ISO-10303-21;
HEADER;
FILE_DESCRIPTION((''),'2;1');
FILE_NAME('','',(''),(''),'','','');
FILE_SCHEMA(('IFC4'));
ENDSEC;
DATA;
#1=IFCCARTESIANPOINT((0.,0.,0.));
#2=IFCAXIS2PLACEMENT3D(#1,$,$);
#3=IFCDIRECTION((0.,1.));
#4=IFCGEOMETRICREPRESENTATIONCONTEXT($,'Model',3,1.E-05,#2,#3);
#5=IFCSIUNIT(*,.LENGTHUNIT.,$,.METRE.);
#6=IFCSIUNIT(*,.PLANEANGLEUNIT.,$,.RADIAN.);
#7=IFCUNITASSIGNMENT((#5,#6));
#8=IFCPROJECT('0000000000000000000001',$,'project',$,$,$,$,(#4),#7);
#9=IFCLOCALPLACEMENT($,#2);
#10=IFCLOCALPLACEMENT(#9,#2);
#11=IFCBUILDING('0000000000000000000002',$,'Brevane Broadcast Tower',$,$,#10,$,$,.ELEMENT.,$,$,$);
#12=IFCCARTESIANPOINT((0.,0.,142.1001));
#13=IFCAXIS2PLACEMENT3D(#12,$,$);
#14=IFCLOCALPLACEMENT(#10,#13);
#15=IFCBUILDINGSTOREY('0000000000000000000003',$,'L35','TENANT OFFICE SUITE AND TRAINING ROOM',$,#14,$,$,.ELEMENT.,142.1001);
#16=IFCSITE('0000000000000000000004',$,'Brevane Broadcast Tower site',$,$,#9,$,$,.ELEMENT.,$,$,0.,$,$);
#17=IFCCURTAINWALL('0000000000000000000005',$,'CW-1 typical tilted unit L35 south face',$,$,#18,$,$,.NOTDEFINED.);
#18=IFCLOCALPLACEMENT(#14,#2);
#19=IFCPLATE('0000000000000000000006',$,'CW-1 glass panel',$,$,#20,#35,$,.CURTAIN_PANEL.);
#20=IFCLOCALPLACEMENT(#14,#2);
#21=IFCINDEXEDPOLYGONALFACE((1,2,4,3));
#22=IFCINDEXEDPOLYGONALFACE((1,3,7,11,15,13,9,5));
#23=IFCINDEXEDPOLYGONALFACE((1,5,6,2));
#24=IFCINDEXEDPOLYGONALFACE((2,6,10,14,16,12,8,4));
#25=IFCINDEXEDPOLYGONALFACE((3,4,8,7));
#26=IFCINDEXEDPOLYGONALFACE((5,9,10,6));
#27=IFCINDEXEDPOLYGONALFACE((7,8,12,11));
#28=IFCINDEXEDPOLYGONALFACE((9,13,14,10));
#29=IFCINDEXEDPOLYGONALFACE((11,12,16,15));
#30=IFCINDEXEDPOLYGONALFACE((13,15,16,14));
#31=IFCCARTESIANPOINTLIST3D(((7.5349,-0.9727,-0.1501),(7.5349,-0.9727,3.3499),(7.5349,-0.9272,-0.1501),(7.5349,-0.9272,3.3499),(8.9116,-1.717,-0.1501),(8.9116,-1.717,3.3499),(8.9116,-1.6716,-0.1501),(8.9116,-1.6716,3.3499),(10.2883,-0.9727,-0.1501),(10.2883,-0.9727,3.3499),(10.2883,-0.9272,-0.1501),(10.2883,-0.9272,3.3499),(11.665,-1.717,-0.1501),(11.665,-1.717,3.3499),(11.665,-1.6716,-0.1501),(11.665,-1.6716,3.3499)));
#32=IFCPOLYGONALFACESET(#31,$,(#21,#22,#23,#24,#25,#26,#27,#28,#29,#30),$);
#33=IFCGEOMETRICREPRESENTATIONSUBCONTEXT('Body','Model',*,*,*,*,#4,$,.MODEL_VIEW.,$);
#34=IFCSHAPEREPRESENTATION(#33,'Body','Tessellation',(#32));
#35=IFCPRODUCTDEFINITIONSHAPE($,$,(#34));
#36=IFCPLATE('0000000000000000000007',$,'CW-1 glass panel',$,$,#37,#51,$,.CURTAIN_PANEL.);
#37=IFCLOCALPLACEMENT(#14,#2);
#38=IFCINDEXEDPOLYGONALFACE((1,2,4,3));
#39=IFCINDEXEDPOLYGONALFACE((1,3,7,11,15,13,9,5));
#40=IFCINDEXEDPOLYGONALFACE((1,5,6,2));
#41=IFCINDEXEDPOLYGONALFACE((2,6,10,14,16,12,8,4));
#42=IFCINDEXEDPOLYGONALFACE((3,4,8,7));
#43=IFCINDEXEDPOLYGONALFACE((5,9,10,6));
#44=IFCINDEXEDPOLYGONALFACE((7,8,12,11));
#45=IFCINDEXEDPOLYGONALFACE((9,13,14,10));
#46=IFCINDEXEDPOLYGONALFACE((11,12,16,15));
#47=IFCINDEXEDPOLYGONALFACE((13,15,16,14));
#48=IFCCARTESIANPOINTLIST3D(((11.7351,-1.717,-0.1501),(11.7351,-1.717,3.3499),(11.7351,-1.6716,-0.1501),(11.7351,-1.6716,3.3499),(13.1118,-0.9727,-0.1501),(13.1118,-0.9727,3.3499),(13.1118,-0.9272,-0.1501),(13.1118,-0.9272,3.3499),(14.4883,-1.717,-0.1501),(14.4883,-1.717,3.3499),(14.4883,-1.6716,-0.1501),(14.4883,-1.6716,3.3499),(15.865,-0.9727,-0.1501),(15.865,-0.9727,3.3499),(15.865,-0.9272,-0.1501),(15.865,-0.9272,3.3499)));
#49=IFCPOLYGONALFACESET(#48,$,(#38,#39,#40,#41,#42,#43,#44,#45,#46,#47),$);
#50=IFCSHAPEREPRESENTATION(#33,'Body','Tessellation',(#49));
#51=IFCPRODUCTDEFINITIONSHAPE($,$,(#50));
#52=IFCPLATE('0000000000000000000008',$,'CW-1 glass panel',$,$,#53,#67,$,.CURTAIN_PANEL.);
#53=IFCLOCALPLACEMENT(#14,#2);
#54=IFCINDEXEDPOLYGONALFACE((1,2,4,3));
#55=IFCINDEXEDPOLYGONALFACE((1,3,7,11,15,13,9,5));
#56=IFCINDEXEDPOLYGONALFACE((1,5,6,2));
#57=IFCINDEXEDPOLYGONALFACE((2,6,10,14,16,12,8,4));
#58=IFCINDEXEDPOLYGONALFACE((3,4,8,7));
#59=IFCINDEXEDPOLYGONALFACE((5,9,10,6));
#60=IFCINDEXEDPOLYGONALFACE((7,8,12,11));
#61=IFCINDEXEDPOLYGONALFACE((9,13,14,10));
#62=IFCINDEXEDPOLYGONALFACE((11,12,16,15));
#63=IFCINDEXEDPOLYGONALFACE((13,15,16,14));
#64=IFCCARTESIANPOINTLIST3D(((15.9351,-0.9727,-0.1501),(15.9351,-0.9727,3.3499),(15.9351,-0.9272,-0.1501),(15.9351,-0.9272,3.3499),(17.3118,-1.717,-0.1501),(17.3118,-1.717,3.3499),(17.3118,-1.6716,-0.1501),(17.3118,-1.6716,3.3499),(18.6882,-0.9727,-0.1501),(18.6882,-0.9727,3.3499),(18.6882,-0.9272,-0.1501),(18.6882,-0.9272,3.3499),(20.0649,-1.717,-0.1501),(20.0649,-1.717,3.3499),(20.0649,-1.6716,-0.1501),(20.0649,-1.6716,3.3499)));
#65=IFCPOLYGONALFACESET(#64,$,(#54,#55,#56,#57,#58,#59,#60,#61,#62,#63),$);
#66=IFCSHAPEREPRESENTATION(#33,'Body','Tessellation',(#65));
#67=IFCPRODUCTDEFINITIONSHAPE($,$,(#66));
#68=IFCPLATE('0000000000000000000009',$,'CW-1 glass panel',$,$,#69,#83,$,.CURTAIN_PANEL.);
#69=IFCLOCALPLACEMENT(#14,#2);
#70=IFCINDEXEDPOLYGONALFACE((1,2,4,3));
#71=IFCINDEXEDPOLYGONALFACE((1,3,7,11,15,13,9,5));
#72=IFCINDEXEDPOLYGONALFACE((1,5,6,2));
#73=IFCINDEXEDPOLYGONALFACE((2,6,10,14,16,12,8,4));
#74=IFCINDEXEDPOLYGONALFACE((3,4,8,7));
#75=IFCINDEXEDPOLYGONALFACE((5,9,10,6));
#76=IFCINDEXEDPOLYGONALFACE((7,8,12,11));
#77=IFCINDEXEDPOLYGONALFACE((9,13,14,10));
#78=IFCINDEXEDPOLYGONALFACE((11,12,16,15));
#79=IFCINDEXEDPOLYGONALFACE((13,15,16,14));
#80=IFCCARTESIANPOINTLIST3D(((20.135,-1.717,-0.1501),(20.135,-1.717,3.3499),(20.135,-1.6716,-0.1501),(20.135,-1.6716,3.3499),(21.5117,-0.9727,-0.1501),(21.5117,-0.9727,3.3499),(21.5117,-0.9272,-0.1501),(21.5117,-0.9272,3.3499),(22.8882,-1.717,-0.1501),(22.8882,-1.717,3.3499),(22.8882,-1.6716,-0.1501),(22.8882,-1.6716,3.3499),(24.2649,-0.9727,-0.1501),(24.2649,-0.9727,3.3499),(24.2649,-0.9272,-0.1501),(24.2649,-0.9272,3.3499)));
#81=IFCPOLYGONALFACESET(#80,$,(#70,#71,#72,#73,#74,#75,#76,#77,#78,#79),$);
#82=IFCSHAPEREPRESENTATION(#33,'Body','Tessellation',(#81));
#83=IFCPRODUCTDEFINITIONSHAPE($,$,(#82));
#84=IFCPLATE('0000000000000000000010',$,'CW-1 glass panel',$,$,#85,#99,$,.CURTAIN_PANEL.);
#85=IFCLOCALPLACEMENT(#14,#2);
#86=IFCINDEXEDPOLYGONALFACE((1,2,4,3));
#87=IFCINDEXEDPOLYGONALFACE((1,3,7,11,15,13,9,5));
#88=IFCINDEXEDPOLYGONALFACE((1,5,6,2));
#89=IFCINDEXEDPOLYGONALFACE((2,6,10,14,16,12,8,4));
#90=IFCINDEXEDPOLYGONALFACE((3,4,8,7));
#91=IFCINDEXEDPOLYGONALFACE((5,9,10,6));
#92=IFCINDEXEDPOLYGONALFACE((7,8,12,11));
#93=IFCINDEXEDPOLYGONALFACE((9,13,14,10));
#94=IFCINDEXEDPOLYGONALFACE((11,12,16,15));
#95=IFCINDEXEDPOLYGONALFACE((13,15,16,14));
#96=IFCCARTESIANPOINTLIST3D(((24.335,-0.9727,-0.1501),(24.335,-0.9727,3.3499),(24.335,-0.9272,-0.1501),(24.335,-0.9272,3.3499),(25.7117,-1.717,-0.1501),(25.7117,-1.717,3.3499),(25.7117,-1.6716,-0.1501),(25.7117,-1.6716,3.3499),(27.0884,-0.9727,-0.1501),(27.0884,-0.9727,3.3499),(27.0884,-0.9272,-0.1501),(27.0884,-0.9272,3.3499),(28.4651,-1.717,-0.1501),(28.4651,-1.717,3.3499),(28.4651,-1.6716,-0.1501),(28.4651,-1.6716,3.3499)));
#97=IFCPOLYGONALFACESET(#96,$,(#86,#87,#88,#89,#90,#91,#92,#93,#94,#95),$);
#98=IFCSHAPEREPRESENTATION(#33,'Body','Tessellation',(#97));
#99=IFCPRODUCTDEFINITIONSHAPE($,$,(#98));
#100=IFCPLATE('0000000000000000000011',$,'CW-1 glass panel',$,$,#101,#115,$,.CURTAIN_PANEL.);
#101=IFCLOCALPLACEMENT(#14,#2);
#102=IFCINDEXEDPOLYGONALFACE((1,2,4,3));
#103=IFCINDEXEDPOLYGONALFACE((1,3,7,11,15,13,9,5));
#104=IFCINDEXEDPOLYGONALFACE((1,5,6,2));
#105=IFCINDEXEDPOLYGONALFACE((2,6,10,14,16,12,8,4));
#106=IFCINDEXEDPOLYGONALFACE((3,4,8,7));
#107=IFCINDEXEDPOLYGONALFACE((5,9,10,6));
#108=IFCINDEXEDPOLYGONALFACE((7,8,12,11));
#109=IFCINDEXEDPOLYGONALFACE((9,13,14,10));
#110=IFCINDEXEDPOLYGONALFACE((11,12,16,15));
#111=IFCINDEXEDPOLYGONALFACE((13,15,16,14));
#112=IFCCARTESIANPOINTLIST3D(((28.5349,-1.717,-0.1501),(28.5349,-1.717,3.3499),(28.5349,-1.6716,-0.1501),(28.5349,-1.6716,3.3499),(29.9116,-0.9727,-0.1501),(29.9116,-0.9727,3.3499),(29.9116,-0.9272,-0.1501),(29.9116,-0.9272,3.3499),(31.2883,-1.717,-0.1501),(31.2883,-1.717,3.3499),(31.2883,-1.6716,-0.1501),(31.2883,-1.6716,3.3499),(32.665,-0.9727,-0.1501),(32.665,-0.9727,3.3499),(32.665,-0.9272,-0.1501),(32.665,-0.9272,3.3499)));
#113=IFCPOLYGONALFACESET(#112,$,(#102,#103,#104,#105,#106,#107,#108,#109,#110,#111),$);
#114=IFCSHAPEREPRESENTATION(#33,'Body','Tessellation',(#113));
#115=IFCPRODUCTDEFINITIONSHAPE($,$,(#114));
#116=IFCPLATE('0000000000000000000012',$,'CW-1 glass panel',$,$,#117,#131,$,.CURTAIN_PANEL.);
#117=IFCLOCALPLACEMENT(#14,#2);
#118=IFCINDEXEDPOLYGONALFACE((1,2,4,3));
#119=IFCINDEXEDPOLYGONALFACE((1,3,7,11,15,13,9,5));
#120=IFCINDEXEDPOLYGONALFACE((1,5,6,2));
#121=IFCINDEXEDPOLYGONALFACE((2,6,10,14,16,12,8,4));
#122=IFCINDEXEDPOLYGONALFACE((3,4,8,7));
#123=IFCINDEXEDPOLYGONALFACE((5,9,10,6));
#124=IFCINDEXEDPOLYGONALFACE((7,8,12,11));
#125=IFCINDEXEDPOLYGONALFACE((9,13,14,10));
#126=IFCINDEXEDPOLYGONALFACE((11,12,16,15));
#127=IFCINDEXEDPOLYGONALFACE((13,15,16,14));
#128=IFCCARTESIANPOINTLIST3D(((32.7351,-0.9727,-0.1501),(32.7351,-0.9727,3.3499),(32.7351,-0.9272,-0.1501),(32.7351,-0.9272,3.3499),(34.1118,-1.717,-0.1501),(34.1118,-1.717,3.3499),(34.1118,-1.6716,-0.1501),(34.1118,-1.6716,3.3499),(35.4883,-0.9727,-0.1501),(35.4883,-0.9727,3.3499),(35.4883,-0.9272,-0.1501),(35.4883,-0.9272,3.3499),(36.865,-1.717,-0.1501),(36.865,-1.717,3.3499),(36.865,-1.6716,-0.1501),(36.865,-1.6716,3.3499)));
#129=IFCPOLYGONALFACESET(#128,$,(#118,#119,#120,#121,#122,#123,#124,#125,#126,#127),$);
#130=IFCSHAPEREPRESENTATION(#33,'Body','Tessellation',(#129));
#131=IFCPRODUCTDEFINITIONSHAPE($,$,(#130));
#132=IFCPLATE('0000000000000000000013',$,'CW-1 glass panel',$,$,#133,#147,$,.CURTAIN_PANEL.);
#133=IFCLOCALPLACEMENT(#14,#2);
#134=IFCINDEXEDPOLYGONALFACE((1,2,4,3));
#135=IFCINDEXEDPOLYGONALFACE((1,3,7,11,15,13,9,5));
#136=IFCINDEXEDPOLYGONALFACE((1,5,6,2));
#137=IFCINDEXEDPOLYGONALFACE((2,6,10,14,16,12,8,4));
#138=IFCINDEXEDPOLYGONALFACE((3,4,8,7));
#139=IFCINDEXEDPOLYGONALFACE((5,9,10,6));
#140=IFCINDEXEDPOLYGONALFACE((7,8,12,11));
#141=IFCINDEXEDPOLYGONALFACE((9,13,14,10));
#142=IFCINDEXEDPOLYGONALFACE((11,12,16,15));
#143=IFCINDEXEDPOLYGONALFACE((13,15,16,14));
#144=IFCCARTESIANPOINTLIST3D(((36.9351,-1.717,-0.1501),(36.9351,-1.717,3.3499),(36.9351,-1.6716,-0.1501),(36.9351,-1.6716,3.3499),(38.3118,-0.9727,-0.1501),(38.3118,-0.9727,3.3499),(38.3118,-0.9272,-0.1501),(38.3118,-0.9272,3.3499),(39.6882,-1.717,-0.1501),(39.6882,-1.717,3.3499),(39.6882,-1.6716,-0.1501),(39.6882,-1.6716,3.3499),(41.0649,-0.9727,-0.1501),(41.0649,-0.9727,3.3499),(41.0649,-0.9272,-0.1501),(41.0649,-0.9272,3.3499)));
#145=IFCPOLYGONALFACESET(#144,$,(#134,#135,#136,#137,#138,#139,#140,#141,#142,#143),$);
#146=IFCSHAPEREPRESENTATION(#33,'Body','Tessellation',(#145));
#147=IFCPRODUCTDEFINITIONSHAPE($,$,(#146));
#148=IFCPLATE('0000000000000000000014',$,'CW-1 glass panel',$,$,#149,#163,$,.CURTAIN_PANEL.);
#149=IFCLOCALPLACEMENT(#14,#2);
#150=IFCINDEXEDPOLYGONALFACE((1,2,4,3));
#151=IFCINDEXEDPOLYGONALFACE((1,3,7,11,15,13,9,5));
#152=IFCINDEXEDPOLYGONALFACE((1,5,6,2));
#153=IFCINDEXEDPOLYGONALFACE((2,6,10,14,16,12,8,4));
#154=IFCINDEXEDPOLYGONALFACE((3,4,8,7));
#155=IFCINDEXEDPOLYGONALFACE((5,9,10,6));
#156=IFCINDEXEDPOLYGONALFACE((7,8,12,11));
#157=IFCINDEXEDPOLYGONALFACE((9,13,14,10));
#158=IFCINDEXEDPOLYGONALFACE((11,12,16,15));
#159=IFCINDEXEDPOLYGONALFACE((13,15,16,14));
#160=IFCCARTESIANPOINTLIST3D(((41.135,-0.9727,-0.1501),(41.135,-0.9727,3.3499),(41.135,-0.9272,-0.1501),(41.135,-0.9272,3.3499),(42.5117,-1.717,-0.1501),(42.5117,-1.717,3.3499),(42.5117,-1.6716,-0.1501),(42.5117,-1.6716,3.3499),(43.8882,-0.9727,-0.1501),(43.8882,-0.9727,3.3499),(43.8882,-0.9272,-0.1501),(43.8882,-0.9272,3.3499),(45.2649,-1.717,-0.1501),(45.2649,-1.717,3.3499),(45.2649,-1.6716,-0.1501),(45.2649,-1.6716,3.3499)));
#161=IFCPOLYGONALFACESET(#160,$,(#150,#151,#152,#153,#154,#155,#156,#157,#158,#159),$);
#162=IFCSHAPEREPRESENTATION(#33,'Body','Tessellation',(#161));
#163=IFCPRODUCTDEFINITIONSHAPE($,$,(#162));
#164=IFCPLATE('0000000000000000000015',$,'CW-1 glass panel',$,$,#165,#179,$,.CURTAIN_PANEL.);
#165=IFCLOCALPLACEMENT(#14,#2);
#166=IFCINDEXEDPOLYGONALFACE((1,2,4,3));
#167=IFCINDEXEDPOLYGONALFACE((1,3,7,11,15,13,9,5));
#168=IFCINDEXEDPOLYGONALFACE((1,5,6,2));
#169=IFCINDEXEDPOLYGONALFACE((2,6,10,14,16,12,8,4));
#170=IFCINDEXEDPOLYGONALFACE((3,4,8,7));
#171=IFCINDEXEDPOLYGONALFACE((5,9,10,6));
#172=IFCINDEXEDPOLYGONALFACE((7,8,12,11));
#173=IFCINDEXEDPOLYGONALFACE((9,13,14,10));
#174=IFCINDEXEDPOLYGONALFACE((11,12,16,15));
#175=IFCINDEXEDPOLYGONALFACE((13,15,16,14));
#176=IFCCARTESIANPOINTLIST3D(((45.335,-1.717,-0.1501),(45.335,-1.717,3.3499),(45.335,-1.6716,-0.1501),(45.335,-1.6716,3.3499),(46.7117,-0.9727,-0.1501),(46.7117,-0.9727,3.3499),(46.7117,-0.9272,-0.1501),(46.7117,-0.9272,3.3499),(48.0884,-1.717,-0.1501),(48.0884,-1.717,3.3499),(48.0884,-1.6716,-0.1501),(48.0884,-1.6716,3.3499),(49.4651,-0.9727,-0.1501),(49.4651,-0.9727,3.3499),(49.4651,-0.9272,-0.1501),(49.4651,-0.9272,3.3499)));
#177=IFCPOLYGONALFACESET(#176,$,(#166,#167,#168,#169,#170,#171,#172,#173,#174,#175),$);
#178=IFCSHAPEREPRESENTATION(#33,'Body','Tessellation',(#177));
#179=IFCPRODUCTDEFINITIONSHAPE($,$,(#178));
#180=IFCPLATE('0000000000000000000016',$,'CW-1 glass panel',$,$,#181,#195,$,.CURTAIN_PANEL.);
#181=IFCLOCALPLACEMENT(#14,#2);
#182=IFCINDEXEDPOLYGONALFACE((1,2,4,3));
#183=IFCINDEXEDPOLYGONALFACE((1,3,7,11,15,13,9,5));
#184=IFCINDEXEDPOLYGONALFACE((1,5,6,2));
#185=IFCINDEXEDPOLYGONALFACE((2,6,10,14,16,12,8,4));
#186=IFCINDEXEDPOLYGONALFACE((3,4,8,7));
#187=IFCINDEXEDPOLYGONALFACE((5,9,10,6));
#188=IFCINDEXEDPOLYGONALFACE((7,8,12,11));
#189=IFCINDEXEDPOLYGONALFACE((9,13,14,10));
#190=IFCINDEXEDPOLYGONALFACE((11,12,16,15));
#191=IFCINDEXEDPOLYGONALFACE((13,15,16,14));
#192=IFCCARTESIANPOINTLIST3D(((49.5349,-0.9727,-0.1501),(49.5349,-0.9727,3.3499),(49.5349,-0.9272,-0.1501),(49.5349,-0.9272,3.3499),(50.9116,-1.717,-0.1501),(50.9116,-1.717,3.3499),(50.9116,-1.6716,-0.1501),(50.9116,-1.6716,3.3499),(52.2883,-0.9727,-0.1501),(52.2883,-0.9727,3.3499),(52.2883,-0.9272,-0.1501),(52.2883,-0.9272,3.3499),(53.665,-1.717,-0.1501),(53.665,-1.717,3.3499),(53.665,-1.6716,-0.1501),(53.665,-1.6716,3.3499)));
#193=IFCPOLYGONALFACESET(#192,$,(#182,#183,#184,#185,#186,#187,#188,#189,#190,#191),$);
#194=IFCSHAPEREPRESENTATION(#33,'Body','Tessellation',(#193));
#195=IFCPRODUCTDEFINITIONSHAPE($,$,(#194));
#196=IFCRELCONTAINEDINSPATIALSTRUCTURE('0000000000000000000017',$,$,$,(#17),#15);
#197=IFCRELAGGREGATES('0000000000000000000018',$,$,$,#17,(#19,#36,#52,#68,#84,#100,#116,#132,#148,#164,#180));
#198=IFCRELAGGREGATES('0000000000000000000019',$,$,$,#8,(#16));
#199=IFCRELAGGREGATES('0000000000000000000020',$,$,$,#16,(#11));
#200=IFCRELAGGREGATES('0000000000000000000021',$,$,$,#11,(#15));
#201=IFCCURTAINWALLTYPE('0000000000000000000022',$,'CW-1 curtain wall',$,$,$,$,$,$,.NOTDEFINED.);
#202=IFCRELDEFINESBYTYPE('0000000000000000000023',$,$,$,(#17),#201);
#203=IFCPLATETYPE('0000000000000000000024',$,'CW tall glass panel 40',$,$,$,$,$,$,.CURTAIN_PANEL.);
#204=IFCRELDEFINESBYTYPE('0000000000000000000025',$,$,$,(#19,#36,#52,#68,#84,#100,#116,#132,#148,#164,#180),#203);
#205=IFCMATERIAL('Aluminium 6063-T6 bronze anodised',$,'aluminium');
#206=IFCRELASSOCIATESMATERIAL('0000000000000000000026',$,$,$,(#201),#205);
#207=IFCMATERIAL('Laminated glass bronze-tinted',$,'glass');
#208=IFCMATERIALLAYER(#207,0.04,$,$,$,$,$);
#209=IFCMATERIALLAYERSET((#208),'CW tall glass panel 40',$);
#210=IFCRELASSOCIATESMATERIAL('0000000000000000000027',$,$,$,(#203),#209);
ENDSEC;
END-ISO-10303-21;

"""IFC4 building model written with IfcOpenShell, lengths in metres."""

from ifc_helpers import new_model, si_unit, direction, frame, origin, place, context, subcontext, project, spatial, polyline, outline, extrude, material, layer, layer_set, type_object, element, aggregate, save


model = new_model("IFC4")

# Units and contexts
model_context = context("Model", 3, precision=1e-05, world=origin(), true_north=direction((0.0, 1.0)))
body_context = subcontext(model_context, "Body", "Model", "MODEL_VIEW")
ifc_project = project(units=[si_unit("LENGTHUNIT", "METRE"), si_unit("PLANEANGLEUNIT", "RADIAN")], contexts=[model_context])

# Site, building, storey
site_placement = place(None, origin())
site = spatial("IfcSite", under=ifc_project, at=site_placement, Name="Brevane Broadcast Tower site", CompositionType="ELEMENT", RefElevation=0.0)
building_placement = place(site_placement, origin())
building = spatial("IfcBuilding", under=site, at=building_placement, Name="Brevane Broadcast Tower", CompositionType="ELEMENT")
storey_placement = place(building_placement, frame((0.0, 0.0, 142.1001)))
storey = spatial("IfcBuildingStorey", under=building, at=storey_placement, Name="L35", Description="TENANT OFFICE SUITE AND TRAINING ROOM", CompositionType="ELEMENT", Elevation=142.1001)

# Curtain wall, plates
ifc_material_1 = material(Name="Aluminium 6063-T6 bronze anodised", Category="aluminium")
curtain_wall_type = type_object("IfcCurtainWallType", Name="CW-1 curtain wall", PredefinedType="NOTDEFINED", material=ifc_material_1)
curtain_wall_1_placement = place(storey_placement, origin())
curtain_wall_1 = element("IfcCurtainWall", 1, at=curtain_wall_1_placement, inside=storey, type_object=curtain_wall_type, Name="CW-1 typical tilted unit L35 south face", PredefinedType="NOTDEFINED")
ifc_material_2 = material(Name="Laminated glass bronze-tinted", Category="glass")
ifc_layer = layer(ifc_material_2, 0.04)
ifc_layer_set = layer_set([ifc_layer], Name="CW tall glass panel 40")
plate_type = type_object("IfcPlateType", Name="CW tall glass panel 40", PredefinedType="CURTAIN_PANEL", material=ifc_layer_set)
plate_1_placement = place(storey_placement, frame((0.0, 0.0, -0.1501)))
plate_1 = element("IfcPlate", 2, at=plate_1_placement, type_object=plate_type, Name="CW-1 glass panel", PredefinedType="CURTAIN_PANEL", context=body_context, shape_type="SweptSolid", body=[
    extrude(outline(polyline([(7.5349, -0.9272), (7.5349, -0.9727), (8.9116, -1.717), (10.2883, -0.9727), (11.665, -1.717), (11.665, -1.6716), (10.2883, -0.9272), (8.9116, -1.6716), (7.5349, -0.9272)])), origin(), (0.0, 0.0, 1.0), 3.5),
])
plate_2_placement = place(storey_placement, frame((0.0, 0.0, -0.1501)))
plate_2 = element("IfcPlate", 3, at=plate_2_placement, type_object=plate_type, Name="CW-1 glass panel", PredefinedType="CURTAIN_PANEL", context=body_context, shape_type="SweptSolid", body=[
    extrude(outline(polyline([(11.7351, -1.6716), (11.7351, -1.717), (13.1118, -0.9727), (14.4883, -1.717), (15.865, -0.9727), (15.865, -0.9272), (14.4883, -1.6716), (13.1118, -0.9272), (11.7351, -1.6716)])), origin(), (0.0, 0.0, 1.0), 3.5),
])
plate_3_placement = place(storey_placement, frame((0.0, 0.0, -0.1501)))
plate_3 = element("IfcPlate", 4, at=plate_3_placement, type_object=plate_type, Name="CW-1 glass panel", PredefinedType="CURTAIN_PANEL", context=body_context, shape_type="SweptSolid", body=[
    extrude(outline(polyline([(15.9351, -0.9272), (15.9351, -0.9727), (17.3118, -1.717), (18.6882, -0.9727), (20.0649, -1.717), (20.0649, -1.6716), (18.6882, -0.9272), (17.3118, -1.6716), (15.9351, -0.9272)])), origin(), (0.0, 0.0, 1.0), 3.5),
])
plate_4_placement = place(storey_placement, frame((0.0, 0.0, -0.1501)))
plate_4 = element("IfcPlate", 5, at=plate_4_placement, type_object=plate_type, Name="CW-1 glass panel", PredefinedType="CURTAIN_PANEL", context=body_context, shape_type="SweptSolid", body=[
    extrude(outline(polyline([(20.135, -1.6716), (20.135, -1.717), (21.5117, -0.9727), (22.8882, -1.717), (24.2649, -0.9727), (24.2649, -0.9272), (22.8882, -1.6716), (21.5117, -0.9272), (20.135, -1.6716)])), origin(), (0.0, 0.0, 1.0), 3.5),
])
plate_5_placement = place(storey_placement, frame((0.0, 0.0, -0.1501)))
plate_5 = element("IfcPlate", 6, at=plate_5_placement, type_object=plate_type, Name="CW-1 glass panel", PredefinedType="CURTAIN_PANEL", context=body_context, shape_type="SweptSolid", body=[
    extrude(outline(polyline([(24.335, -0.9272), (24.335, -0.9727), (25.7117, -1.717), (27.0884, -0.9727), (28.4651, -1.717), (28.4651, -1.6716), (27.0884, -0.9272), (25.7117, -1.6716), (24.335, -0.9272)])), origin(), (0.0, 0.0, 1.0), 3.5),
])
plate_6_placement = place(storey_placement, frame((0.0, 0.0, -0.1501)))
plate_6 = element("IfcPlate", 7, at=plate_6_placement, type_object=plate_type, Name="CW-1 glass panel", PredefinedType="CURTAIN_PANEL", context=body_context, shape_type="SweptSolid", body=[
    extrude(outline(polyline([(28.5349, -1.6716), (28.5349, -1.717), (29.9116, -0.9727), (31.2883, -1.717), (32.665, -0.9727), (32.665, -0.9272), (31.2883, -1.6716), (29.9116, -0.9272), (28.5349, -1.6716)])), origin(), (0.0, 0.0, 1.0), 3.5),
])
plate_7_placement = place(storey_placement, frame((0.0, 0.0, -0.1501)))
plate_7 = element("IfcPlate", 8, at=plate_7_placement, type_object=plate_type, Name="CW-1 glass panel", PredefinedType="CURTAIN_PANEL", context=body_context, shape_type="SweptSolid", body=[
    extrude(outline(polyline([(32.7351, -0.9272), (32.7351, -0.9727), (34.1118, -1.717), (35.4883, -0.9727), (36.865, -1.717), (36.865, -1.6716), (35.4883, -0.9272), (34.1118, -1.6716), (32.7351, -0.9272)])), origin(), (0.0, 0.0, 1.0), 3.5),
])
plate_8_placement = place(storey_placement, frame((0.0, 0.0, -0.1501)))
plate_8 = element("IfcPlate", 9, at=plate_8_placement, type_object=plate_type, Name="CW-1 glass panel", PredefinedType="CURTAIN_PANEL", context=body_context, shape_type="SweptSolid", body=[
    extrude(outline(polyline([(36.9351, -1.6716), (36.9351, -1.717), (38.3118, -0.9727), (39.6882, -1.717), (41.0649, -0.9727), (41.0649, -0.9272), (39.6882, -1.6716), (38.3118, -0.9272), (36.9351, -1.6716)])), origin(), (0.0, 0.0, 1.0), 3.5),
])
plate_9_placement = place(storey_placement, frame((0.0, 0.0, -0.1501)))
plate_9 = element("IfcPlate", 10, at=plate_9_placement, type_object=plate_type, Name="CW-1 glass panel", PredefinedType="CURTAIN_PANEL", context=body_context, shape_type="SweptSolid", body=[
    extrude(outline(polyline([(41.135, -0.9272), (41.135, -0.9727), (42.5117, -1.717), (43.8882, -0.9727), (45.2649, -1.717), (45.2649, -1.6716), (43.8882, -0.9272), (42.5117, -1.6716), (41.135, -0.9272)])), origin(), (0.0, 0.0, 1.0), 3.5),
])
plate_10_placement = place(storey_placement, frame((0.0, 0.0, -0.1501)))
plate_10 = element("IfcPlate", 11, at=plate_10_placement, type_object=plate_type, Name="CW-1 glass panel", PredefinedType="CURTAIN_PANEL", context=body_context, shape_type="SweptSolid", body=[
    extrude(outline(polyline([(45.335, -1.6716), (45.335, -1.717), (46.7117, -0.9727), (48.0884, -1.717), (49.4651, -0.9727), (49.4651, -0.9272), (48.0884, -1.6716), (46.7117, -0.9272), (45.335, -1.6716)])), origin(), (0.0, 0.0, 1.0), 3.5),
])
plate_11_placement = place(storey_placement, frame((0.0, 0.0, -0.1501)))
plate_11 = element("IfcPlate", 12, at=plate_11_placement, type_object=plate_type, Name="CW-1 glass panel", PredefinedType="CURTAIN_PANEL", context=body_context, shape_type="SweptSolid", body=[
    extrude(outline(polyline([(49.5349, -0.9272), (49.5349, -0.9727), (50.9116, -1.717), (52.2883, -0.9727), (53.665, -1.717), (53.665, -1.6716), (52.2883, -0.9272), (50.9116, -1.6716), (49.5349, -0.9272)])), origin(), (0.0, 0.0, 1.0), 3.5),
])
aggregate(curtain_wall_1, [plate_1, plate_2, plate_3, plate_4, plate_5, plate_6, plate_7, plate_8, plate_9, plate_10, plate_11])

save(model, "model.ifc")
